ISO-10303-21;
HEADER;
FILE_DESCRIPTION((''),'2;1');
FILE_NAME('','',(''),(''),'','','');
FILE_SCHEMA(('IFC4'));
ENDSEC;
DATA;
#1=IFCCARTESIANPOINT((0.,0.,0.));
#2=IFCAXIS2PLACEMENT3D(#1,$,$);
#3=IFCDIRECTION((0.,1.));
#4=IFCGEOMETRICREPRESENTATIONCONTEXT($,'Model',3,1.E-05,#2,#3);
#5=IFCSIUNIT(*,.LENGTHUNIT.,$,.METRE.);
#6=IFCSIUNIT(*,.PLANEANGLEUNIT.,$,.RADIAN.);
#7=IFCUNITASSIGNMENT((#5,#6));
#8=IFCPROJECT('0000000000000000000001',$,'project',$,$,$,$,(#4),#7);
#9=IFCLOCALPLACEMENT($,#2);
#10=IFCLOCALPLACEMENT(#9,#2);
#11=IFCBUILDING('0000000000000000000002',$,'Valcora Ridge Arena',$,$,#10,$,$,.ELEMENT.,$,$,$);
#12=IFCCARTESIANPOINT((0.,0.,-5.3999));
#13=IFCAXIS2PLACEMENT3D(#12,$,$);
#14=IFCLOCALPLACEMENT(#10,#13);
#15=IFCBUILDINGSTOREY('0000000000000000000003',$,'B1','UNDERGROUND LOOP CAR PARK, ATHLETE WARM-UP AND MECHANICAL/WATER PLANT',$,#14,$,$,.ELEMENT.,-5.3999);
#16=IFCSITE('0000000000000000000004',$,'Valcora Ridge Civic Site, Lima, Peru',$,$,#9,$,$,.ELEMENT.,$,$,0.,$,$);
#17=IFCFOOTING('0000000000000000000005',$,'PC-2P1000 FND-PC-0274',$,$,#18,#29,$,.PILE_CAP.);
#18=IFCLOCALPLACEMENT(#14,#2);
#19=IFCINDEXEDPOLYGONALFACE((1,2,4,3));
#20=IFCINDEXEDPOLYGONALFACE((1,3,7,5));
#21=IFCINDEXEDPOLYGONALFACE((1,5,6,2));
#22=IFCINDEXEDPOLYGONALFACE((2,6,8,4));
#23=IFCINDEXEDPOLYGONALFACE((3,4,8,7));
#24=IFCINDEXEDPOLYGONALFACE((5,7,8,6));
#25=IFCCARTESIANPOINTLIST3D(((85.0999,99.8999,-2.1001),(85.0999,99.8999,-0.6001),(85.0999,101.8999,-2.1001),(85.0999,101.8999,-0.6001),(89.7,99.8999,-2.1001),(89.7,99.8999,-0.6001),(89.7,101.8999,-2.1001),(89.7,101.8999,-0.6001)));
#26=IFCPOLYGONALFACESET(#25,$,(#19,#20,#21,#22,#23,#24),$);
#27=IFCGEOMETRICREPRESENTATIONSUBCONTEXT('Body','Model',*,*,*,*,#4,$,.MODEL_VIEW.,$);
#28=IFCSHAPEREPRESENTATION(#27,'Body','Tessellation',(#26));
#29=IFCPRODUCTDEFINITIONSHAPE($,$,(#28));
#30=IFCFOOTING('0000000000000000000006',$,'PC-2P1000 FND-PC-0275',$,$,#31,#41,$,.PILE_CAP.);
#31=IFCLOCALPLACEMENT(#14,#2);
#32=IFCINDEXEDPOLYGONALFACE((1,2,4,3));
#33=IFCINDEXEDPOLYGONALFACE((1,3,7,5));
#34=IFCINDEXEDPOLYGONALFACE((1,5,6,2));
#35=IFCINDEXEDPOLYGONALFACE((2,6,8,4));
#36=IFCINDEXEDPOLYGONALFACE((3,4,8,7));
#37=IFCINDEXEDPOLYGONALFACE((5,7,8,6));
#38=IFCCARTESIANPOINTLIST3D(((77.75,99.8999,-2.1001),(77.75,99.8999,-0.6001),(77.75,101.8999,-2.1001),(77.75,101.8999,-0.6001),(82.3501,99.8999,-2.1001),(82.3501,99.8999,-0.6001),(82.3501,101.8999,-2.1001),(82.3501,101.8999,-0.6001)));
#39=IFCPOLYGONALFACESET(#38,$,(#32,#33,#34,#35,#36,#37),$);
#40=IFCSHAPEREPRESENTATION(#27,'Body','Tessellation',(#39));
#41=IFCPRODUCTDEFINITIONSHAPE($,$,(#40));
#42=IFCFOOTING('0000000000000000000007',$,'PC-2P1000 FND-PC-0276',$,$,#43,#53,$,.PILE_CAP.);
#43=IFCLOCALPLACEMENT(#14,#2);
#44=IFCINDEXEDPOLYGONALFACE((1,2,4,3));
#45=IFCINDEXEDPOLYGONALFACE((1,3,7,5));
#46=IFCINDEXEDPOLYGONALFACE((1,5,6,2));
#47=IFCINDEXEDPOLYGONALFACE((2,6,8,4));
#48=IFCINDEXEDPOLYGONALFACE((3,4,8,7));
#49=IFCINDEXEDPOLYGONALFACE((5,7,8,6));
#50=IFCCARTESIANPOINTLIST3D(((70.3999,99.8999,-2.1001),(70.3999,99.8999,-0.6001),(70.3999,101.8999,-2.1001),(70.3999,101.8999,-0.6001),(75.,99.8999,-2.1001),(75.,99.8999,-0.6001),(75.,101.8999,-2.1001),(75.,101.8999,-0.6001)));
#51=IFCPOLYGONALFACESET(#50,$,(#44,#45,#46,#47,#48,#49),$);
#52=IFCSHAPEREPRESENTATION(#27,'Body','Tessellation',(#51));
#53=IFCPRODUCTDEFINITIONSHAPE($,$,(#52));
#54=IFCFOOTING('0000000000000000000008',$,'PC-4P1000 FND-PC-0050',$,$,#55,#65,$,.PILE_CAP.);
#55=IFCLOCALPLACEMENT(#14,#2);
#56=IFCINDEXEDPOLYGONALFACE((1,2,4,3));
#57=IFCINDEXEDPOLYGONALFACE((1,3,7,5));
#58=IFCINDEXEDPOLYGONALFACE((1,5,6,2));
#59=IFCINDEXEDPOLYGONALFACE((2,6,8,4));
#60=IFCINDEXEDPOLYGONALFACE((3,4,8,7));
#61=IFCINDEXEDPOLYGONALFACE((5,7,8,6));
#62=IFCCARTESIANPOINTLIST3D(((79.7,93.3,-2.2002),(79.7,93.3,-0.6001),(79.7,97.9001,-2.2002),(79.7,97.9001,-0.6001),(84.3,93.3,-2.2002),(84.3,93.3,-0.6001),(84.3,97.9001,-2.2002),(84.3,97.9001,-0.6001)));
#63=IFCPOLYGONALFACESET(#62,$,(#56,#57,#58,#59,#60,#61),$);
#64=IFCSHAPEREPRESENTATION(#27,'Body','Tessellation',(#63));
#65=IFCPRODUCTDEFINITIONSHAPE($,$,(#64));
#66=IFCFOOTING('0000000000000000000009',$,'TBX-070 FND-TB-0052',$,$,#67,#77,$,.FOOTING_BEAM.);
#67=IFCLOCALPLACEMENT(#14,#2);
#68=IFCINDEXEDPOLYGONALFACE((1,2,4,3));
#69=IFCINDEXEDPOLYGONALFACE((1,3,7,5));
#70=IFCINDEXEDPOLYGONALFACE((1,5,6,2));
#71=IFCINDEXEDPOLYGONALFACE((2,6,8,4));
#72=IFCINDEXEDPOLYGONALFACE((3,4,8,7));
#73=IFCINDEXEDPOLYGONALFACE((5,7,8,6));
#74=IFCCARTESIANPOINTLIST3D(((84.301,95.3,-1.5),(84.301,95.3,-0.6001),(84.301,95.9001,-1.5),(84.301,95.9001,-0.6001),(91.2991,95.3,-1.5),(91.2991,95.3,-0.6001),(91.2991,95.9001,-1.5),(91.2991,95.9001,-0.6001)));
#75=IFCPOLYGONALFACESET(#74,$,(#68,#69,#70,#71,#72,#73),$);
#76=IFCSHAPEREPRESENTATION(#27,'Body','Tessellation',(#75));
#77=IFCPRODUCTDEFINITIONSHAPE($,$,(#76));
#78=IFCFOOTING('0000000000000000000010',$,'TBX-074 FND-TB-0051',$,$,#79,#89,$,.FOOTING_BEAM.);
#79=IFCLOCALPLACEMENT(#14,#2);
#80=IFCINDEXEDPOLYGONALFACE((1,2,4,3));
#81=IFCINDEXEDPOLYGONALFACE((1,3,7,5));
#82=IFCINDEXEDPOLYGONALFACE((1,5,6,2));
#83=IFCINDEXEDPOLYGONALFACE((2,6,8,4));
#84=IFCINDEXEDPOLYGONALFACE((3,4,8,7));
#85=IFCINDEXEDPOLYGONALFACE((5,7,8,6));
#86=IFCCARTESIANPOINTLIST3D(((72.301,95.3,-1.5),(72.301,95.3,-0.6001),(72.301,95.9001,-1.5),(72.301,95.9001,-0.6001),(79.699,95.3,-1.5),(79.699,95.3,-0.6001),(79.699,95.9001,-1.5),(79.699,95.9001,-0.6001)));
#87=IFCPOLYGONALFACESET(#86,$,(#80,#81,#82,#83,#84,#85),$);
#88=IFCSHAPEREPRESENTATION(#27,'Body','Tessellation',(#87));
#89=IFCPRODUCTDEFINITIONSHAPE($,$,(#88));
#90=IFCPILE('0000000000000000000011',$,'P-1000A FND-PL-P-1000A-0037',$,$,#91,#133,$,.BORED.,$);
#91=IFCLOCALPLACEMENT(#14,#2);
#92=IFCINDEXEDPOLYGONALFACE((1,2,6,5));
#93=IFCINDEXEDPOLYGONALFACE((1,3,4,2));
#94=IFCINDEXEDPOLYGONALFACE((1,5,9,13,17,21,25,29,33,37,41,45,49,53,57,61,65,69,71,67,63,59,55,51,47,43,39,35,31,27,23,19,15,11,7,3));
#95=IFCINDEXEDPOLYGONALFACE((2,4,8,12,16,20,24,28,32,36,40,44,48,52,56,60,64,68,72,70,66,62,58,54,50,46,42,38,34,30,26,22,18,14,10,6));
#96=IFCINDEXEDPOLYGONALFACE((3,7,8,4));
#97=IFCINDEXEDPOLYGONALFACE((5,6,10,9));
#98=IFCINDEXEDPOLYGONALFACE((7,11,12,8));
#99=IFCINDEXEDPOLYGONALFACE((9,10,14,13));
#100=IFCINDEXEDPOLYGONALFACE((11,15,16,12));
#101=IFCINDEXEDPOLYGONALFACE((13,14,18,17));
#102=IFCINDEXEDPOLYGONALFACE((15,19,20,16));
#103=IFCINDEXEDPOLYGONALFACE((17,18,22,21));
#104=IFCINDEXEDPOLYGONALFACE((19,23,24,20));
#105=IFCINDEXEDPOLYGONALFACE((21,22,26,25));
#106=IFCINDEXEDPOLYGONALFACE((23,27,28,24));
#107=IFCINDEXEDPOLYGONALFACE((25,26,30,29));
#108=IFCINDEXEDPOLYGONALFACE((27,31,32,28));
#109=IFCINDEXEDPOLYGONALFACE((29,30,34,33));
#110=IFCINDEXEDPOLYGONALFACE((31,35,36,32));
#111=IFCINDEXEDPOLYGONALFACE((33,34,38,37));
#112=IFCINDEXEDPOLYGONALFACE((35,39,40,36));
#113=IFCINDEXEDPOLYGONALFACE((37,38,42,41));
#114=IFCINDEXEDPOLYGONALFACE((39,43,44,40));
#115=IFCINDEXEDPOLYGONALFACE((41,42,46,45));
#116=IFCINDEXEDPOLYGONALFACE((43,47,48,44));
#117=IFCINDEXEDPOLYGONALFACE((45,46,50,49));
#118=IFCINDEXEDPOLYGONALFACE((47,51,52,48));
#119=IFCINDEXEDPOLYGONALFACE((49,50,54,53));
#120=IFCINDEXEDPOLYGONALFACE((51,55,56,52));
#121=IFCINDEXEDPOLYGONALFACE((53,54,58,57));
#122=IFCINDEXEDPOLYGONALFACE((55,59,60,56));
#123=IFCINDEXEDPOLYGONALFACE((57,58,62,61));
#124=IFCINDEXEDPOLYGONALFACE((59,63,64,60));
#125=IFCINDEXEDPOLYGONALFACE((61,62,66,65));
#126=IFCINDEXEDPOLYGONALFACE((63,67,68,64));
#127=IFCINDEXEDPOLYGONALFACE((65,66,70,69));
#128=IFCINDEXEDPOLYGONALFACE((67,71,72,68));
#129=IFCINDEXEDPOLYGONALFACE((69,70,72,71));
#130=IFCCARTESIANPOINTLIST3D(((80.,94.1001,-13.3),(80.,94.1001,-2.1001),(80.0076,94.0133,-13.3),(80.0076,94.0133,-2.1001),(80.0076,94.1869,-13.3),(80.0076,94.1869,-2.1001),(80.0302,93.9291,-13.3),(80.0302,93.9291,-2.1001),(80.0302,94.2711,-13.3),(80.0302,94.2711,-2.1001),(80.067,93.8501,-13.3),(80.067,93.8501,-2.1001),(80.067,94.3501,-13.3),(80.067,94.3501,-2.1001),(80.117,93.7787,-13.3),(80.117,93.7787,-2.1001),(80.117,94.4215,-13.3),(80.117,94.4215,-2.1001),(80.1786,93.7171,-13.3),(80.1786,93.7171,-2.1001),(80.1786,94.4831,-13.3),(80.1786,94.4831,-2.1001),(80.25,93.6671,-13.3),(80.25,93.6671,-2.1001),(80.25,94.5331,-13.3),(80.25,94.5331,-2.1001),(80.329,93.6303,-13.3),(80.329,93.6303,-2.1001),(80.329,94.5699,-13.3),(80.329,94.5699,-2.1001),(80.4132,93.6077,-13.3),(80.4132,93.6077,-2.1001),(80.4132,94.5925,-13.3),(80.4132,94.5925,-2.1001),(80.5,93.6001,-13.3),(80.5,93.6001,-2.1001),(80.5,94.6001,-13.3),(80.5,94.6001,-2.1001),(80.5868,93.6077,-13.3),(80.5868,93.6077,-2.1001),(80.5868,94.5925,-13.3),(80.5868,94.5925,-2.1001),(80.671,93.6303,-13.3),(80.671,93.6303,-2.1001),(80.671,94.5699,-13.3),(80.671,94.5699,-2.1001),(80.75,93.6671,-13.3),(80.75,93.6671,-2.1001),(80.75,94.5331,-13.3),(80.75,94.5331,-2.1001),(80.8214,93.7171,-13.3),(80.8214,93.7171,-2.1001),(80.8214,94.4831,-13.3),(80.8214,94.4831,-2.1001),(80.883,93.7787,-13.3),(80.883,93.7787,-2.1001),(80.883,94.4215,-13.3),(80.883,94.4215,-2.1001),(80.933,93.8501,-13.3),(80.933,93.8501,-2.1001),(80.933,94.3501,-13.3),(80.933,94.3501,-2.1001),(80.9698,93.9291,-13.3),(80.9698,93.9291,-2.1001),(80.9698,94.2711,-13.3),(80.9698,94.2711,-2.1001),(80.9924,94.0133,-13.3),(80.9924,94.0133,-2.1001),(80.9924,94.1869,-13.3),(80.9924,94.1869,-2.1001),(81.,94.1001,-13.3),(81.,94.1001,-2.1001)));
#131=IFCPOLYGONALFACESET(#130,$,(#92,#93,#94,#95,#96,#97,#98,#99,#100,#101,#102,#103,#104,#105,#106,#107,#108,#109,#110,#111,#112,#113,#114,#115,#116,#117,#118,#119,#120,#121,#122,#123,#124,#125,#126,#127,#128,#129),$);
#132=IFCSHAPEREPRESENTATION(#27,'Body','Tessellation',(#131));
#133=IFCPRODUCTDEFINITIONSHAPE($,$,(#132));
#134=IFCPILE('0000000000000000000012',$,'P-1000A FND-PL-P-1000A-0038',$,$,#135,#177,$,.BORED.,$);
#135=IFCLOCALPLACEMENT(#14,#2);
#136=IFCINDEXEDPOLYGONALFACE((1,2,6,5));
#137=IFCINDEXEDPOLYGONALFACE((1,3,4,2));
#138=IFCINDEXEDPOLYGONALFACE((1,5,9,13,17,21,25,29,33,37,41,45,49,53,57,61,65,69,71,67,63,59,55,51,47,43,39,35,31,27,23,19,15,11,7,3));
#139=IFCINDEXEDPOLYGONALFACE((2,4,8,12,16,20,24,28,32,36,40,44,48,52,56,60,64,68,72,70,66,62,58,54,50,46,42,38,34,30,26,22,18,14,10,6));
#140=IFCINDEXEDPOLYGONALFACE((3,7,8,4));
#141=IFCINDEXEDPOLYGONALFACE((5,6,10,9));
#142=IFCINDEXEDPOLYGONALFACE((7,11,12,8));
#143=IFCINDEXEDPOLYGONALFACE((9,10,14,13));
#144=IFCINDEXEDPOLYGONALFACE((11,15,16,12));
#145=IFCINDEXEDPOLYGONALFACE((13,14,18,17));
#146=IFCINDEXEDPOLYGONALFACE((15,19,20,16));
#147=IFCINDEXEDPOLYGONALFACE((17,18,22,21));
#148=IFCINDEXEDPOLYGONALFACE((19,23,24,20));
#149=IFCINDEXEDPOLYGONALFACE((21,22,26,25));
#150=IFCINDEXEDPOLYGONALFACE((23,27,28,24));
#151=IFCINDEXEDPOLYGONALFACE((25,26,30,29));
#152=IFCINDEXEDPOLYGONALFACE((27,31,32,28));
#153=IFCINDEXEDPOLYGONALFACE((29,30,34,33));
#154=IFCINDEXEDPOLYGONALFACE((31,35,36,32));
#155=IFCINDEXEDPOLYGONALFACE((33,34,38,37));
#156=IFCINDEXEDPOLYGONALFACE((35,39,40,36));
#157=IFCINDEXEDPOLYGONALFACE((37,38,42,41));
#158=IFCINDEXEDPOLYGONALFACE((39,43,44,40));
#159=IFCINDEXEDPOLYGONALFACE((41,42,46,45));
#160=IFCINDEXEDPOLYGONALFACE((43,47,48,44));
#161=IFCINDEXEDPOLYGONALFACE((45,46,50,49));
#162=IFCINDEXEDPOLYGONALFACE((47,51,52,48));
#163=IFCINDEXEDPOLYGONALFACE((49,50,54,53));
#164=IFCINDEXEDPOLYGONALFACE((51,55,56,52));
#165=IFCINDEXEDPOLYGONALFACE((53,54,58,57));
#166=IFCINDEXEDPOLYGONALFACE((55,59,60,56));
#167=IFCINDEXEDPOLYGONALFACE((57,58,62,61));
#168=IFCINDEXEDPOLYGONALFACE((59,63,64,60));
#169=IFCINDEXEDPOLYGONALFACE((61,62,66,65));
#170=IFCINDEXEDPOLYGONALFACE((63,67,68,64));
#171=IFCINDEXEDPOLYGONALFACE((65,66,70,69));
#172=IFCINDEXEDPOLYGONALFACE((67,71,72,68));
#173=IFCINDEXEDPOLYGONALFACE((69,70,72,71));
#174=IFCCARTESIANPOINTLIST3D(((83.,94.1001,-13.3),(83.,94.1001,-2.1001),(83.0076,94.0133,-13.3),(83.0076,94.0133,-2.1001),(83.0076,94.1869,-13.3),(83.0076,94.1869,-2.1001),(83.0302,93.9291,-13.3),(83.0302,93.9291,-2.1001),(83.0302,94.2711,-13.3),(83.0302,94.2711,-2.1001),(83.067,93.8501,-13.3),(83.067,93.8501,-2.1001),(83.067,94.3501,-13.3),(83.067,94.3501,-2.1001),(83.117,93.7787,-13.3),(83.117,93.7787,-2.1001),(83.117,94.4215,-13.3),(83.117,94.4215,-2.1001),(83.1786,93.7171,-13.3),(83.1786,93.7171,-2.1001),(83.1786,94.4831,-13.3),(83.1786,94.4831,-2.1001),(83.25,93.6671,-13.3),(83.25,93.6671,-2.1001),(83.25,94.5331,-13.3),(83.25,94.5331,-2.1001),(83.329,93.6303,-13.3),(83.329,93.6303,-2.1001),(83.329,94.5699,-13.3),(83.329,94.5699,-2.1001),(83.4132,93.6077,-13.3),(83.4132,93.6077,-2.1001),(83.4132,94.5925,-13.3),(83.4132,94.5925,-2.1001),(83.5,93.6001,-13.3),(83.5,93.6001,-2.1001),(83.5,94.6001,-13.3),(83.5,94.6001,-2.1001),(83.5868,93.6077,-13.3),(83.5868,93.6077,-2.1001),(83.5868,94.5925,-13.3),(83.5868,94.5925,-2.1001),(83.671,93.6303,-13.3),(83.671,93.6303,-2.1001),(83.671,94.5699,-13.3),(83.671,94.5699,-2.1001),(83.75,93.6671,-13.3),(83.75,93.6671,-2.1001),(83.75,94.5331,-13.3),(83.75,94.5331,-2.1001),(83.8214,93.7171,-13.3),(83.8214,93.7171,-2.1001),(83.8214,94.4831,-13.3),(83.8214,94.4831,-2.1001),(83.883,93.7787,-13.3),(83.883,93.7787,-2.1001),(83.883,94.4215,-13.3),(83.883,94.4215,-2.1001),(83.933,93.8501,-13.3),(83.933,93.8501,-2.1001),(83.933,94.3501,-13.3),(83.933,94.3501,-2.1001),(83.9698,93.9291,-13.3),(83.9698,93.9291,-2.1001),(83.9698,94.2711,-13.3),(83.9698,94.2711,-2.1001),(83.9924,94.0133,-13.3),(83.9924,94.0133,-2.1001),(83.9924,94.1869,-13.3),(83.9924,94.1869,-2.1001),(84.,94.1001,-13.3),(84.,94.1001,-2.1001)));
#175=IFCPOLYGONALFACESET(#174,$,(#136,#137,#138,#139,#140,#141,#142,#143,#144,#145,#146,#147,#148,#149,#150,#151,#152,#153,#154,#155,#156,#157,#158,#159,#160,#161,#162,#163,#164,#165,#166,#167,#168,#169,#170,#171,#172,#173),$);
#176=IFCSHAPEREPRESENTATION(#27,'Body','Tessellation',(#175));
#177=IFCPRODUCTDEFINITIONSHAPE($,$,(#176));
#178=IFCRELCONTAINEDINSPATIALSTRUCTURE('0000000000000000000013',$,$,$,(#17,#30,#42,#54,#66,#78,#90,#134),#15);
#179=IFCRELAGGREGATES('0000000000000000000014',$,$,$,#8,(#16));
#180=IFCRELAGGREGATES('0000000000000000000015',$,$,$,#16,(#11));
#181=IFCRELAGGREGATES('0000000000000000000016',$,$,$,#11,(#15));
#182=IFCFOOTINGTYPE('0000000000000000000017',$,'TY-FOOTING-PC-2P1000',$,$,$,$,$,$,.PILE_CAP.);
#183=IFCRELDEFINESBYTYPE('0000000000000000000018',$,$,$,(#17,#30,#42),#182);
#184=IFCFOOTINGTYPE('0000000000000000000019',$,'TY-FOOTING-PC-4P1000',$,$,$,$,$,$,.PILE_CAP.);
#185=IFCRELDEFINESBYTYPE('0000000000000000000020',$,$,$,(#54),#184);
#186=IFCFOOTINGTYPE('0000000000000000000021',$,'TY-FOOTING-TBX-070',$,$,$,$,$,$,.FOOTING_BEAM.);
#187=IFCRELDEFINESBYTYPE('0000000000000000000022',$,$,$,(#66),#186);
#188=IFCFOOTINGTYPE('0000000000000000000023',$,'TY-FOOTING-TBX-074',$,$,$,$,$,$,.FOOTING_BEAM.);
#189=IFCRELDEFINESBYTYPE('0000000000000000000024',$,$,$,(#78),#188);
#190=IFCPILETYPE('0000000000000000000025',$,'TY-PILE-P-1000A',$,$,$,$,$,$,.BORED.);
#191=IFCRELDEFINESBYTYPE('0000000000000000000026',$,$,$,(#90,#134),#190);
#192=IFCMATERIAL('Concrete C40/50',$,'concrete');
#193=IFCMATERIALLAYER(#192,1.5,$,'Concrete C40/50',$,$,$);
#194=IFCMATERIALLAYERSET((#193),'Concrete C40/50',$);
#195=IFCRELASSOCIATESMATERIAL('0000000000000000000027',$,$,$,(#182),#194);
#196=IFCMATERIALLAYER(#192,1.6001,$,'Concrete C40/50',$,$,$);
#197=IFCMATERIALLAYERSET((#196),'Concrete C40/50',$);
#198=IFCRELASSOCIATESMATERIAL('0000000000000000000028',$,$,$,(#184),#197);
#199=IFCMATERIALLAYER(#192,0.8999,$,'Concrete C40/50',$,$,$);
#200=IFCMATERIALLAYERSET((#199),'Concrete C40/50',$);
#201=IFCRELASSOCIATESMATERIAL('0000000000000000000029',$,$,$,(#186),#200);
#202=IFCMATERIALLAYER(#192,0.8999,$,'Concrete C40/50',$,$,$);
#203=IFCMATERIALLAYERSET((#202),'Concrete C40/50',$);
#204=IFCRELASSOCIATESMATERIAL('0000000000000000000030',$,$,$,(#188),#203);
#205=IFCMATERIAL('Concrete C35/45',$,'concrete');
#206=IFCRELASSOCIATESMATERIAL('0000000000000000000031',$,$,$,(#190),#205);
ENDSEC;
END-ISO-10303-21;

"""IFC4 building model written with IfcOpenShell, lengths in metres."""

from ifc_helpers import new_model, si_unit, direction, frame, origin, origin_2d, place, context, subcontext, project, spatial, rectangle, circle, extrude, material, layer, layer_set, material_profile, profile_set, type_object, element, save


model = new_model("IFC4")

# Units and contexts
model_context = context("Model", 3, precision=1e-05, world=origin(), true_north=direction((0.0, 1.0)))
body_context = subcontext(model_context, "Body", "Model", "MODEL_VIEW")
ifc_project = project(units=[si_unit("LENGTHUNIT", "METRE"), si_unit("PLANEANGLEUNIT", "RADIAN")], contexts=[model_context])

# Site, building, storey
site_placement = place(None, origin())
site = spatial("IfcSite", under=ifc_project, at=site_placement, Name="Valcora Ridge Civic Site, Lima, Peru", CompositionType="ELEMENT", RefElevation=0.0)
building_placement = place(site_placement, origin())
building = spatial("IfcBuilding", under=site, at=building_placement, Name="Valcora Ridge Arena", CompositionType="ELEMENT")
storey_placement = place(building_placement, frame((0.0, 0.0, -5.3999)))
storey = spatial("IfcBuildingStorey", under=building, at=storey_placement, Name="B1", Description="UNDERGROUND LOOP CAR PARK, ATHLETE WARM-UP AND MECHANICAL/WATER PLANT", CompositionType="ELEMENT", Elevation=-5.3999)

# Footings
ifc_material_1 = material(Name="Concrete C40/50", Category="concrete")
ifc_layer_1 = layer(ifc_material_1, 1.5, Name="Concrete C40/50")
ifc_layer_set_1 = layer_set([ifc_layer_1], Name="Concrete C40/50")
footing_type_1 = type_object("IfcFootingType", Name="TY-FOOTING-PC-2P1000", PredefinedType="PILE_CAP", material=ifc_layer_set_1)
for number, where, z_axis, x_axis, name in (
    (1, (87.3999, 100.8999, -2.1001), (0.0, 0.0, 1.0), (1.0, 0.0, 0.0), "PC-2P1000 FND-PC-0274"),
    (2, (80.05, 100.8999, -2.1001), (0.0, 0.0, 1.0), (1.0, 0.0, 0.0), "PC-2P1000 FND-PC-0275"),
    (3, (72.7, 100.8999, -2.1001), (0.0, 0.0, 1.0), (1.0, 0.0, 0.0), "PC-2P1000 FND-PC-0276"),
):
    element("IfcFooting", number, at=place(storey_placement, frame(where, z_axis=z_axis, x_axis=x_axis)), inside=storey, type_object=footing_type_1, Name=name, PredefinedType="PILE_CAP", context=body_context, shape_type="SweptSolid", body=[
        extrude(rectangle(XDim=4.6001, YDim=2.0, at=origin_2d()), origin(), (0.0, 0.0, 1.0), 1.5),
    ])
ifc_layer_2 = layer(ifc_material_1, 1.6001, Name="Concrete C40/50")
ifc_layer_set_2 = layer_set([ifc_layer_2], Name="Concrete C40/50")
footing_type_2 = type_object("IfcFootingType", Name="TY-FOOTING-PC-4P1000", PredefinedType="PILE_CAP", material=ifc_layer_set_2)
footing_1_placement = place(storey_placement, frame((82.0, 95.6001, -2.2002), z_axis=(0.0, 0.0, 1.0), x_axis=(1.0, 0.0, 0.0)))
element("IfcFooting", 4, at=footing_1_placement, inside=storey, type_object=footing_type_2, Name="PC-4P1000 FND-PC-0050", PredefinedType="PILE_CAP", context=body_context, shape_type="SweptSolid", body=[
    extrude(rectangle(XDim=4.6001, YDim=4.6001, at=origin_2d()), origin(), (0.0, 0.0, 1.0), 1.6001),
])
ifc_layer_3 = layer(ifc_material_1, 0.8999, Name="Concrete C40/50")
ifc_layer_set_3 = layer_set([ifc_layer_3], Name="Concrete C40/50")
footing_type_3 = type_object("IfcFootingType", Name="TY-FOOTING-TBX-070", PredefinedType="FOOTING_BEAM", material=ifc_layer_set_3)
footing_2_placement = place(storey_placement, frame((87.8, 95.6001, -1.5), z_axis=(0.0, 0.0, 1.0), x_axis=(1.0, 0.0, 0.0)))
element("IfcFooting", 5, at=footing_2_placement, inside=storey, type_object=footing_type_3, Name="TBX-070 FND-TB-0052", PredefinedType="FOOTING_BEAM", context=body_context, shape_type="SweptSolid", body=[
    extrude(rectangle(XDim=6.998, YDim=0.6001, at=origin_2d()), origin(), (0.0, 0.0, 1.0), 0.8999),
])
ifc_layer_4 = layer(ifc_material_1, 0.8999, Name="Concrete C40/50")
ifc_layer_set_4 = layer_set([ifc_layer_4], Name="Concrete C40/50")
footing_type_4 = type_object("IfcFootingType", Name="TY-FOOTING-TBX-074", PredefinedType="FOOTING_BEAM", material=ifc_layer_set_4)
footing_3_placement = place(storey_placement, frame((76.0, 95.6001, -1.5), z_axis=(0.0, 0.0, 1.0), x_axis=(1.0, 0.0, 0.0)))
element("IfcFooting", 6, at=footing_3_placement, inside=storey, type_object=footing_type_4, Name="TBX-074 FND-TB-0051", PredefinedType="FOOTING_BEAM", context=body_context, shape_type="SweptSolid", body=[
    extrude(rectangle(XDim=7.3979, YDim=0.6001, at=origin_2d()), origin(), (0.0, 0.0, 1.0), 0.8999),
])

# Piles
ifc_material_2 = material(Name="Concrete C35/45", Category="concrete")
ifc_material_profile_1 = material_profile(ifc_material_2, circle(Radius=0.5, at=origin_2d()), Name="BORED PILE D1000")
ifc_profile_set_1 = profile_set([ifc_material_profile_1], Name="Concrete C35/45")
pile_type_1 = type_object("IfcPileType", Name="TY-PILE-P-1000A", PredefinedType="BORED", material=ifc_profile_set_1)
for number, where, z_axis, x_axis, name in (
    (7, (80.5, 94.1001, -2.1001), (0.0, 0.0, -1.0), (1.0, 0.0, 0.0), "P-1000A FND-PL-P-1000A-0037"),
    (8, (83.5, 94.1001, -2.1001), (0.0, 0.0, -1.0), (1.0, 0.0, 0.0), "P-1000A FND-PL-P-1000A-0038"),
):
    element("IfcPile", number, at=place(storey_placement, frame(where, z_axis=z_axis, x_axis=x_axis)), inside=storey, type_object=pile_type_1, Name=name, PredefinedType="BORED", context=body_context, shape_type="SweptSolid", body=[
        extrude(circle(Radius=0.5, at=origin_2d()), origin(), (0.0, 0.0, 1.0), 11.2),
    ])

save(model, "model.ifc")
